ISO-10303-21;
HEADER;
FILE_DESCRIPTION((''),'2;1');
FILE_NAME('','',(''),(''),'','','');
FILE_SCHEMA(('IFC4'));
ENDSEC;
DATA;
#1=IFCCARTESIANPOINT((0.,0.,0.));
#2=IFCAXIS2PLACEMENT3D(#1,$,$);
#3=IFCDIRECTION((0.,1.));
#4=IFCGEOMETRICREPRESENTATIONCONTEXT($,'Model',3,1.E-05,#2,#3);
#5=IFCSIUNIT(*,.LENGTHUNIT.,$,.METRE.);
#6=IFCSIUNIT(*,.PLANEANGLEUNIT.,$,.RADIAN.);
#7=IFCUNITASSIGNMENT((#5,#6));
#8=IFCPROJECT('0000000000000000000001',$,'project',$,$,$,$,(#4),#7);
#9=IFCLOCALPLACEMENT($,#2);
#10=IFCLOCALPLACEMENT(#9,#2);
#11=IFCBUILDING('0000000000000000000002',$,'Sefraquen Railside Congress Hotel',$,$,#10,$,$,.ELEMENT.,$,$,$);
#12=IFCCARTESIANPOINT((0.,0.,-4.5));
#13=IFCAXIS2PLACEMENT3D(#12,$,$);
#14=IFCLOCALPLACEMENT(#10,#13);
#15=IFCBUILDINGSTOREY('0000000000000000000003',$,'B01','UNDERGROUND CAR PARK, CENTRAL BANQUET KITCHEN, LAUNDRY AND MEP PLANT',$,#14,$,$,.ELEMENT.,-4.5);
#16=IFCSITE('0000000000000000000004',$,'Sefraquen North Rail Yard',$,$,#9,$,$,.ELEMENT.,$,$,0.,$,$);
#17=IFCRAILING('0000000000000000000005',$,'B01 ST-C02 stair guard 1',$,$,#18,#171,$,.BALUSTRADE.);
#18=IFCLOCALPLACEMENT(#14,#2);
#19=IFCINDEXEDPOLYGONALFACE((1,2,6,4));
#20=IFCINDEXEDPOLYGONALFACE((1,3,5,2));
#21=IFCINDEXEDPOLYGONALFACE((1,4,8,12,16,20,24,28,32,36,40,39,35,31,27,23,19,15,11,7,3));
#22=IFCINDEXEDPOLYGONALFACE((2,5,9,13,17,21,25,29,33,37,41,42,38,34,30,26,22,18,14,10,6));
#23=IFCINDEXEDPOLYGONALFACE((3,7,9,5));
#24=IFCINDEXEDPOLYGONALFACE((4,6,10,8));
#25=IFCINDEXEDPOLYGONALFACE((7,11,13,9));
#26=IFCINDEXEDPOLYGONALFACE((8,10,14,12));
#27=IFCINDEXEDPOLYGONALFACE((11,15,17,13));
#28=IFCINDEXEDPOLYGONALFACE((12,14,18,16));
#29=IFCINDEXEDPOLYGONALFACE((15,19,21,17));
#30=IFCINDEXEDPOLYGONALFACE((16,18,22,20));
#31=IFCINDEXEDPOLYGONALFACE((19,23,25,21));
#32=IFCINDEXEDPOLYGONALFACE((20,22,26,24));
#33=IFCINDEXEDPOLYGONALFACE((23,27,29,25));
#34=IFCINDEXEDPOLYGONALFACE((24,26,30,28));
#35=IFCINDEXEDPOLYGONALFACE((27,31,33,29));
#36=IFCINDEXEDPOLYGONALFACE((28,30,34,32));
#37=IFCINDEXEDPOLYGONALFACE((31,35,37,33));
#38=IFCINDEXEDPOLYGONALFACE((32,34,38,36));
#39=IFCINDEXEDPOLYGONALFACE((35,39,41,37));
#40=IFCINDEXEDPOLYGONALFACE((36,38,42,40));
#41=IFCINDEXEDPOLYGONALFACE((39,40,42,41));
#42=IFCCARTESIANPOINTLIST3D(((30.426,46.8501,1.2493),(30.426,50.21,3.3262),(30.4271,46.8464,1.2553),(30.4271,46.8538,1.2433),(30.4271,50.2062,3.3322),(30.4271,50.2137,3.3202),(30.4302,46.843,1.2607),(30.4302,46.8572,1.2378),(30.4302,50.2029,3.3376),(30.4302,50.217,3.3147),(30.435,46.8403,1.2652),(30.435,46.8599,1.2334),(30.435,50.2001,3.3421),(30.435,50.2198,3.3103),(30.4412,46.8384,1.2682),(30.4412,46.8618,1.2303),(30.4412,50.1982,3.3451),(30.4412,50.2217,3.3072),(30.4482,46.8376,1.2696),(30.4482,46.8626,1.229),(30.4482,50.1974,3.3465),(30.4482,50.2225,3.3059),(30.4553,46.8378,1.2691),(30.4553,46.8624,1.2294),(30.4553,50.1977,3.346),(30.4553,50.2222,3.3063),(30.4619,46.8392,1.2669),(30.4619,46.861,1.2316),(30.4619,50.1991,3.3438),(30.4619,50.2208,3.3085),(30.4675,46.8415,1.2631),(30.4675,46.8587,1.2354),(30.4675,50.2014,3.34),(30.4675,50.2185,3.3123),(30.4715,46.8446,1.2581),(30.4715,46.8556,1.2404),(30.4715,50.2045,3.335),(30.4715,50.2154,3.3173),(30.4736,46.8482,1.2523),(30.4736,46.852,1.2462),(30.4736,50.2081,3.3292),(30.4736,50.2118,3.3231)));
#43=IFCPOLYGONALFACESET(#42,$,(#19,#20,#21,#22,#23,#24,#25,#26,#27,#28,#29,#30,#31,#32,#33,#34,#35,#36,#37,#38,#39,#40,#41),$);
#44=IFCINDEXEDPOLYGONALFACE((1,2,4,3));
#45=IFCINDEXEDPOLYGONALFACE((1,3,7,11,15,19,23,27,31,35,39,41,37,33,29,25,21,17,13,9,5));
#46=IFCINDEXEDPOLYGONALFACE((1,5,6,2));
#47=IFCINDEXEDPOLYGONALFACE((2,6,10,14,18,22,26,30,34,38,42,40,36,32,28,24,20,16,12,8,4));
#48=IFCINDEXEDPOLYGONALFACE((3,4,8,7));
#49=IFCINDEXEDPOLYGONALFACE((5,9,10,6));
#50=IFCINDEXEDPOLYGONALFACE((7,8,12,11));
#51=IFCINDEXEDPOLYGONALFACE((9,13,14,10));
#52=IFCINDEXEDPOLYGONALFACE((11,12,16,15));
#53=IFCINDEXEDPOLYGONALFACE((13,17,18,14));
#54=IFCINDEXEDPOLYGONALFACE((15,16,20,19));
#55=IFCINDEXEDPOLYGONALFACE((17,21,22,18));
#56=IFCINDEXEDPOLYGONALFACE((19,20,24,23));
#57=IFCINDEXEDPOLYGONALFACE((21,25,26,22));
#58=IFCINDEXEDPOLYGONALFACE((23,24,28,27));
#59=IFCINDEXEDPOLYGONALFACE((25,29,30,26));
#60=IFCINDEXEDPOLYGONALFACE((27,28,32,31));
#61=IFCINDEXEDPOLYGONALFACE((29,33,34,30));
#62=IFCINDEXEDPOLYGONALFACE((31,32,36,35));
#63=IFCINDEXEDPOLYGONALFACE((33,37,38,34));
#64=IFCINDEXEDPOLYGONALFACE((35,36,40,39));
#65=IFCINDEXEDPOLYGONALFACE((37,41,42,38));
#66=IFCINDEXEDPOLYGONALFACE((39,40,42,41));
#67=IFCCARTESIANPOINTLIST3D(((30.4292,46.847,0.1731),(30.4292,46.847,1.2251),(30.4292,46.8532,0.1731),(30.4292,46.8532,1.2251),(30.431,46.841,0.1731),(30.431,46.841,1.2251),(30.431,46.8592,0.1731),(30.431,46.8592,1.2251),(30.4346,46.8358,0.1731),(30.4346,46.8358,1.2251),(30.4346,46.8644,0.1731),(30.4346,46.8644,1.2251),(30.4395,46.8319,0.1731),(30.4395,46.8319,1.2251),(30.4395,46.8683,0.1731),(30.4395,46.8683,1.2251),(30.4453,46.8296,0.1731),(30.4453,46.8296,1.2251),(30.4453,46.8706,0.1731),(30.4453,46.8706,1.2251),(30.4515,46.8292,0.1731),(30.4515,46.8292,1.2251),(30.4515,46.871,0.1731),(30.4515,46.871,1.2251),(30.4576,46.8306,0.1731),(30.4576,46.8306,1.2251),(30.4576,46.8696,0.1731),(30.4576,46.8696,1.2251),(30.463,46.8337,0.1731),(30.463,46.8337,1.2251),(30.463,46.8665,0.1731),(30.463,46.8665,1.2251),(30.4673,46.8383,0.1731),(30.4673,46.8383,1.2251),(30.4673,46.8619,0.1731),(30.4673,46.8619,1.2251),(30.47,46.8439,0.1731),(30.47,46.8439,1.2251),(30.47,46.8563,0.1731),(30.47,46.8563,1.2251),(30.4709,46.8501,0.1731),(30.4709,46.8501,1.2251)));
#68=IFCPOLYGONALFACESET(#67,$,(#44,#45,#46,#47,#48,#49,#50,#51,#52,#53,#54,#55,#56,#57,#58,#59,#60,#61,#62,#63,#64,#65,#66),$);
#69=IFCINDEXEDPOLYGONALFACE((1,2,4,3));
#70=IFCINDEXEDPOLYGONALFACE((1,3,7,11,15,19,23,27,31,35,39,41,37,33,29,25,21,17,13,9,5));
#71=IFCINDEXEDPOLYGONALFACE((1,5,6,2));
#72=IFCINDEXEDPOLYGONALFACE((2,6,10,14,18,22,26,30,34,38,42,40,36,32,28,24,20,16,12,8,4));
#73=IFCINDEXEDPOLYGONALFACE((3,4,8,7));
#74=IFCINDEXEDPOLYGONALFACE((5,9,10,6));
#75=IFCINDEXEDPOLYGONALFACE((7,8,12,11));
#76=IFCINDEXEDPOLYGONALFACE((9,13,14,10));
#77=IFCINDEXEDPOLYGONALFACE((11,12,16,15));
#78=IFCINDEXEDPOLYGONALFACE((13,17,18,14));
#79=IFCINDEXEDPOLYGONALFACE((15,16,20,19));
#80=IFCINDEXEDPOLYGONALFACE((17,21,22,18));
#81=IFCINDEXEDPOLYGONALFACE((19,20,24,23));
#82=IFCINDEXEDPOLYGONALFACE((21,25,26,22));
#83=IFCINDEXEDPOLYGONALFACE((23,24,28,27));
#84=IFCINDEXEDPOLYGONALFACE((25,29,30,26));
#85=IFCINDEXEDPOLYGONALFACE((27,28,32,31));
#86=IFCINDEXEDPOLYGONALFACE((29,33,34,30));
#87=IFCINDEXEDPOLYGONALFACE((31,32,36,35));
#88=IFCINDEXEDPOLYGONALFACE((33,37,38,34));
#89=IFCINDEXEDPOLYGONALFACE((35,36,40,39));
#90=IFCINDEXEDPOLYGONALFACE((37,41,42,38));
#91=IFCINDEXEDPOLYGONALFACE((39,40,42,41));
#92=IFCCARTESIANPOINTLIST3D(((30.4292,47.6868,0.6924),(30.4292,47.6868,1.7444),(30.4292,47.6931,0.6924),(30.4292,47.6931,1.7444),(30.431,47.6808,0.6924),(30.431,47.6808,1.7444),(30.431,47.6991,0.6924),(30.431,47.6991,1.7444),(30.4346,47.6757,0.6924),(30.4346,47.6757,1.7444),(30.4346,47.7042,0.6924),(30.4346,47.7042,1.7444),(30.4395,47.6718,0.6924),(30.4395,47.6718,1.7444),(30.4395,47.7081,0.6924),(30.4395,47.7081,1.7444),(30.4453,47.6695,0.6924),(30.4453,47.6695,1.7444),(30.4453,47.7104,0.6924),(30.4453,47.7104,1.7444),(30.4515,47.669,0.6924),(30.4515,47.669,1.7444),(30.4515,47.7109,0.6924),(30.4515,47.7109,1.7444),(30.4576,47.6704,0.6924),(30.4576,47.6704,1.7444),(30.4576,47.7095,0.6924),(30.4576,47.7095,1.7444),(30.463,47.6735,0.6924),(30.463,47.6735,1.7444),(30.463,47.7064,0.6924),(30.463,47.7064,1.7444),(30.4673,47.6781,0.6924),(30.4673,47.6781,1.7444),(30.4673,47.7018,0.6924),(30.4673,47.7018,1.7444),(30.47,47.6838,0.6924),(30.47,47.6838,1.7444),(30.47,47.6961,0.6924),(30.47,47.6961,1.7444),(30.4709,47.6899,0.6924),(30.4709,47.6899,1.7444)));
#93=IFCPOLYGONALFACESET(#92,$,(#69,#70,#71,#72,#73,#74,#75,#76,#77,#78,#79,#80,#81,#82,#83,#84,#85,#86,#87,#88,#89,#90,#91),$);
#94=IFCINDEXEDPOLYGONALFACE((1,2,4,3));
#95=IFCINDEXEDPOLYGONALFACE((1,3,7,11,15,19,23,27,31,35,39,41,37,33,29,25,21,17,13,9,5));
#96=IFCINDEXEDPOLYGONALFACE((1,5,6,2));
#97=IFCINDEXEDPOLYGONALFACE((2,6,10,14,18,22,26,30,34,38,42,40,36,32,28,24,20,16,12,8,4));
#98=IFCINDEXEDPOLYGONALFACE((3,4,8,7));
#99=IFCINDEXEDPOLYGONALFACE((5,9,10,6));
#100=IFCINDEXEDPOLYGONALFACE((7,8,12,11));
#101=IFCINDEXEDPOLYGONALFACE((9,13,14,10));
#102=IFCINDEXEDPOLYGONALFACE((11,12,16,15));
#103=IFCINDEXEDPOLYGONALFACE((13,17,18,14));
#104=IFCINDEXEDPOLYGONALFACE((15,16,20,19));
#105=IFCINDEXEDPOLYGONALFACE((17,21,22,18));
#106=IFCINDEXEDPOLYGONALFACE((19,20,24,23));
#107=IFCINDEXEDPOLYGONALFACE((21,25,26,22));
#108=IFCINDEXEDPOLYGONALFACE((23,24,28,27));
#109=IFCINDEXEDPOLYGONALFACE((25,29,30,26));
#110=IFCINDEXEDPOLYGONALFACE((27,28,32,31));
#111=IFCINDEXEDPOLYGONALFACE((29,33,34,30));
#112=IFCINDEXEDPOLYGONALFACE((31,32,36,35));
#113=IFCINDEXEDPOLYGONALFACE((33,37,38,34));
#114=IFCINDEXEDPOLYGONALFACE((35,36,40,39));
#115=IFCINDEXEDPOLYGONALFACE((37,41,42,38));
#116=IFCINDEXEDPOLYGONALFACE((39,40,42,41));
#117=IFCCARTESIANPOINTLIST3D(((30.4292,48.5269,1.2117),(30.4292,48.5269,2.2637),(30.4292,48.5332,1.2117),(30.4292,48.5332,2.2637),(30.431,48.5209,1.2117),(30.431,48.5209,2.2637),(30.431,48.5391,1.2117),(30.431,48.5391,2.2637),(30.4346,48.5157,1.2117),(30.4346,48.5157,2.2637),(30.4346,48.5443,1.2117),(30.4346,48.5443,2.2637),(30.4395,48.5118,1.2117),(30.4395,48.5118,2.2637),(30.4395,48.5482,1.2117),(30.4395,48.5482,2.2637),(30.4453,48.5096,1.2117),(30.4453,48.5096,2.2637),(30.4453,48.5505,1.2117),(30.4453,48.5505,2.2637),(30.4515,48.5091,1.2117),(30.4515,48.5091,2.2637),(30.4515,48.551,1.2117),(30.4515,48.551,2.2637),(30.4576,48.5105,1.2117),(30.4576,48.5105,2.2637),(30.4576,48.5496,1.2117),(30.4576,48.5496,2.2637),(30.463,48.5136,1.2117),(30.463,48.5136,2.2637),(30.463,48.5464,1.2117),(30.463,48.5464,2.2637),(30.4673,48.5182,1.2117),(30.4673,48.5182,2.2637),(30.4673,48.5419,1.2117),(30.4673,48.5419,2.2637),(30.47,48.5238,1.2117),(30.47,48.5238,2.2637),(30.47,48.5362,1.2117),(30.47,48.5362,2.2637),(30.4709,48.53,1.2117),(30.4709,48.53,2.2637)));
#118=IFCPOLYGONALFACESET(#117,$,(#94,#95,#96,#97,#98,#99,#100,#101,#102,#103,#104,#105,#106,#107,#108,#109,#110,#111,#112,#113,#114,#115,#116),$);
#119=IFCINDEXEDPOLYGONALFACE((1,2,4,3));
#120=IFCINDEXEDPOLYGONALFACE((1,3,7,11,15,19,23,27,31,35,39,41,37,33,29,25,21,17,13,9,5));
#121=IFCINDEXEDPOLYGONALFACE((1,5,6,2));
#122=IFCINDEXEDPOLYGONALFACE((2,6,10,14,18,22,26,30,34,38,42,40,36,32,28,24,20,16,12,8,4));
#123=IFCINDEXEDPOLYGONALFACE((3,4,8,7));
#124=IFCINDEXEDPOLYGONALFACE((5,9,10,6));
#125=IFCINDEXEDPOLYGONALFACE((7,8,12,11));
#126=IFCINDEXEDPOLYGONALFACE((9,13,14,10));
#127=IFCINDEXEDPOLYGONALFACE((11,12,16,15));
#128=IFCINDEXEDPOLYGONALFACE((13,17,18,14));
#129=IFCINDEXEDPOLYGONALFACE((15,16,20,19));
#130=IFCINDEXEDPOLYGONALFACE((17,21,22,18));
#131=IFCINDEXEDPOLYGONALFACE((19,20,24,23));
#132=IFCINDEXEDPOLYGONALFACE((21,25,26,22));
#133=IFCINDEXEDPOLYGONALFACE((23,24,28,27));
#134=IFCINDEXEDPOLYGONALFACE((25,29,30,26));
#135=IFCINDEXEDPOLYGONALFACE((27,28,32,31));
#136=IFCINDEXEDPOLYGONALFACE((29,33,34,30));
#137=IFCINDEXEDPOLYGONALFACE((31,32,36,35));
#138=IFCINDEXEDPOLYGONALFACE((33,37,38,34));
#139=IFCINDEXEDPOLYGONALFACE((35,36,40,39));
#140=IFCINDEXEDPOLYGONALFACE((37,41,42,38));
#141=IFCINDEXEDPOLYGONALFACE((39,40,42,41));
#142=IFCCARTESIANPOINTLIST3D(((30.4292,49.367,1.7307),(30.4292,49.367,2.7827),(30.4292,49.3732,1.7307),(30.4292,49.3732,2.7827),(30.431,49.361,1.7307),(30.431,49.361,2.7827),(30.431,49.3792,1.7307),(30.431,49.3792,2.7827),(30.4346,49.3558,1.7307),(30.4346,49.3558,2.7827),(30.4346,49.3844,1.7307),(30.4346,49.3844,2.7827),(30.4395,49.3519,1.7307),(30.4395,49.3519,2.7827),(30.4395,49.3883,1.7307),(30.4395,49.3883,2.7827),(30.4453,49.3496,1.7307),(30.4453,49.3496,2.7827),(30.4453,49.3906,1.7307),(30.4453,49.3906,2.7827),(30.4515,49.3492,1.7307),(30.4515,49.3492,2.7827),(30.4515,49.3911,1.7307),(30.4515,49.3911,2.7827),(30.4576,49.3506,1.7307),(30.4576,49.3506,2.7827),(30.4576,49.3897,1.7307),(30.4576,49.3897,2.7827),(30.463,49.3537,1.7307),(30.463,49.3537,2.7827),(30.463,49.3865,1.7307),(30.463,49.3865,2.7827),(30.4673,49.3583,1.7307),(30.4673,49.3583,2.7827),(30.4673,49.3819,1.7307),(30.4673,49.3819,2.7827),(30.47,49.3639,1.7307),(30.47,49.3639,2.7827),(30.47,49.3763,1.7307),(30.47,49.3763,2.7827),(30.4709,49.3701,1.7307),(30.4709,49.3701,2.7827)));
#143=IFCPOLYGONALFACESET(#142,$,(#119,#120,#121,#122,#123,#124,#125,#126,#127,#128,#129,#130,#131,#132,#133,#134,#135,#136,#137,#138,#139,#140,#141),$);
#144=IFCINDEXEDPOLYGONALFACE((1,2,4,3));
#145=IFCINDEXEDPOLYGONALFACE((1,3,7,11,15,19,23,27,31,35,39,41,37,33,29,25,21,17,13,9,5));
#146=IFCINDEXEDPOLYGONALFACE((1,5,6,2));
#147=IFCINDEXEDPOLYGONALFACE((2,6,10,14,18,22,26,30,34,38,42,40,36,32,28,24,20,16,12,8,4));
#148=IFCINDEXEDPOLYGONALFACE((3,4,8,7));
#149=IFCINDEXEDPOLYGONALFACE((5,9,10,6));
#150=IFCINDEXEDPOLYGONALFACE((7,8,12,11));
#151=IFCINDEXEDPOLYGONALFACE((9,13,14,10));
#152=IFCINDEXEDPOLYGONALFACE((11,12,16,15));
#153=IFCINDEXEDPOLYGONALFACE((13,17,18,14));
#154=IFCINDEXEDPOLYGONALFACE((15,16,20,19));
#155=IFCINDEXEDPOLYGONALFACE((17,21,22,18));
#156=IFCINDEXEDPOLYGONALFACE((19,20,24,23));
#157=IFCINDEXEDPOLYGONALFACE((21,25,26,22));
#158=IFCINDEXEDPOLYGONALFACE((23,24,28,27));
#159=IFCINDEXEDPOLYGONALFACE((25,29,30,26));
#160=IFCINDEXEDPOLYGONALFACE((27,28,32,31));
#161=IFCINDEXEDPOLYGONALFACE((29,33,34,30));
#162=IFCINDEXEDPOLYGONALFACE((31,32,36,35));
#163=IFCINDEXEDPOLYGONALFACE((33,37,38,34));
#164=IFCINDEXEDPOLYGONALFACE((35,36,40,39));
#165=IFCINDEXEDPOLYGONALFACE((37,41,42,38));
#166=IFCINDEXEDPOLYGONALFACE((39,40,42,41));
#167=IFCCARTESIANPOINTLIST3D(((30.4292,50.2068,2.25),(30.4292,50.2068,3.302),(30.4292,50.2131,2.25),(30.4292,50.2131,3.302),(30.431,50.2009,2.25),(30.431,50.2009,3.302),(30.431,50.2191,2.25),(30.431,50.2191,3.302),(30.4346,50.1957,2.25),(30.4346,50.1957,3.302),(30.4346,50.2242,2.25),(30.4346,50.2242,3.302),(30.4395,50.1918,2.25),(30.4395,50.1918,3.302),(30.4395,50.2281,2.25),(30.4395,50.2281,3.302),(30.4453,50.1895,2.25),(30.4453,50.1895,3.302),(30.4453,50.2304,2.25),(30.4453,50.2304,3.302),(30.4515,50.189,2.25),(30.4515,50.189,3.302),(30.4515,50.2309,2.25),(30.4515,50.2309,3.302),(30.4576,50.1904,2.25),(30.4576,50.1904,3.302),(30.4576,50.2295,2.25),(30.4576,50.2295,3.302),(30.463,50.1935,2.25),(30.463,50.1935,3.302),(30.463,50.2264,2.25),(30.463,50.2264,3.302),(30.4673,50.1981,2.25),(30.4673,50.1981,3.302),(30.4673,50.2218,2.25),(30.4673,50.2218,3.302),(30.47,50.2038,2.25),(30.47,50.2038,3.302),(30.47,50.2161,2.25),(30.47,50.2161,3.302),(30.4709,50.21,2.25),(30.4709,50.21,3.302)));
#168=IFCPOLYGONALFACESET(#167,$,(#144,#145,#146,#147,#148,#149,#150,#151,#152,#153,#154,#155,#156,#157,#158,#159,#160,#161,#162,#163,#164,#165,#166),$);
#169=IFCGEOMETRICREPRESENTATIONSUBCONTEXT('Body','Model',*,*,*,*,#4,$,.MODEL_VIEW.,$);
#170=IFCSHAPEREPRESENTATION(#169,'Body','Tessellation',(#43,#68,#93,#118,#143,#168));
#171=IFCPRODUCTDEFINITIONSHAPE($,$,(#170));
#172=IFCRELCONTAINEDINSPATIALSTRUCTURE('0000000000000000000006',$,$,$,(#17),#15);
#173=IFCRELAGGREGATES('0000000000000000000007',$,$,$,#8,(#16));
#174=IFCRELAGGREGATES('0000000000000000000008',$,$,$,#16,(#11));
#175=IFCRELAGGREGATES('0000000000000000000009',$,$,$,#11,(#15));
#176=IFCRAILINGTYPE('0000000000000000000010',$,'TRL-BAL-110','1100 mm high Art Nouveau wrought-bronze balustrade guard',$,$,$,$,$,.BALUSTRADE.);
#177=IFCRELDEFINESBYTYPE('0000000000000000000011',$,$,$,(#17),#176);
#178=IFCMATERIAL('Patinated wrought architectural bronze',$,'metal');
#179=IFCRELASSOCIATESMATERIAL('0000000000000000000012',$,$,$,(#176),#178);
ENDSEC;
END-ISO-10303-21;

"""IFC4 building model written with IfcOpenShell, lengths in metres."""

from ifc_helpers import new_model, si_unit, direction, frame, origin, origin_2d, place, context, subcontext, project, spatial, circle, extrude, material, type_object, element, save


model = new_model("IFC4")

# Units and contexts
model_context = context("Model", 3, precision=1e-05, world=origin(), true_north=direction((0.0, 1.0)))
body_context = subcontext(model_context, "Body", "Model", "MODEL_VIEW")
ifc_project = project(units=[si_unit("LENGTHUNIT", "METRE"), si_unit("PLANEANGLEUNIT", "RADIAN")], contexts=[model_context])

# Site, building, storey
site_placement = place(None, origin())
site = spatial("IfcSite", under=ifc_project, at=site_placement, Name="Sefraquen North Rail Yard", CompositionType="ELEMENT", RefElevation=0.0)
building_placement = place(site_placement, origin())
building = spatial("IfcBuilding", under=site, at=building_placement, Name="Sefraquen Railside Congress Hotel", CompositionType="ELEMENT")
storey_placement = place(building_placement, frame((0.0, 0.0, -4.5)))
storey = spatial("IfcBuildingStorey", under=building, at=storey_placement, Name="B01", Description="UNDERGROUND CAR PARK, CENTRAL BANQUET KITCHEN, LAUNDRY AND MEP PLANT", CompositionType="ELEMENT", Elevation=-4.5)

# Railing
ifc_material_1 = material(Name="Patinated wrought architectural bronze", Category="metal")
railing_type_1 = type_object("IfcRailingType", Name="TRL-BAL-110", Description="1100 mm high Art Nouveau wrought-bronze balustrade guard", PredefinedType="BALUSTRADE", material=ifc_material_1)
railing_1_placement = place(storey_placement, frame((30.45, 46.8501, 0.1731)))
element("IfcRailing", 1, at=railing_1_placement, inside=storey, type_object=railing_type_1, Name="B01 ST-C02 stair guard 1", PredefinedType="BALUSTRADE", context=body_context, shape_type="SweptSolid", body=[
    extrude(circle(Radius=0.0239, at=origin_2d()), frame((0.0, 0.0, 1.0762), z_axis=(0.0, 0.850606, 0.525803), x_axis=(-1.0, 0.0, 0.0)), (0.0, 0.0, 1.0), 3.95),
    extrude(circle(Radius=0.021, at=origin_2d()), origin(), (0.0, 0.0, 1.0), 1.052),
    extrude(circle(Radius=0.021, at=origin_2d()), frame((0.0, 0.8398, 0.5193)), (0.0, 0.0, 1.0), 1.052),
    extrude(circle(Radius=0.021, at=origin_2d()), frame((0.0, 1.6799, 1.0386)), (0.0, 0.0, 1.0), 1.052),
    extrude(circle(Radius=0.021, at=origin_2d()), frame((0.0, 2.52, 1.5576)), (0.0, 0.0, 1.0), 1.052),
    extrude(circle(Radius=0.021, at=origin_2d()), frame((0.0, 3.3599, 2.0769)), (0.0, 0.0, 1.0), 1.052),
])

save(model, "model.ifc")
